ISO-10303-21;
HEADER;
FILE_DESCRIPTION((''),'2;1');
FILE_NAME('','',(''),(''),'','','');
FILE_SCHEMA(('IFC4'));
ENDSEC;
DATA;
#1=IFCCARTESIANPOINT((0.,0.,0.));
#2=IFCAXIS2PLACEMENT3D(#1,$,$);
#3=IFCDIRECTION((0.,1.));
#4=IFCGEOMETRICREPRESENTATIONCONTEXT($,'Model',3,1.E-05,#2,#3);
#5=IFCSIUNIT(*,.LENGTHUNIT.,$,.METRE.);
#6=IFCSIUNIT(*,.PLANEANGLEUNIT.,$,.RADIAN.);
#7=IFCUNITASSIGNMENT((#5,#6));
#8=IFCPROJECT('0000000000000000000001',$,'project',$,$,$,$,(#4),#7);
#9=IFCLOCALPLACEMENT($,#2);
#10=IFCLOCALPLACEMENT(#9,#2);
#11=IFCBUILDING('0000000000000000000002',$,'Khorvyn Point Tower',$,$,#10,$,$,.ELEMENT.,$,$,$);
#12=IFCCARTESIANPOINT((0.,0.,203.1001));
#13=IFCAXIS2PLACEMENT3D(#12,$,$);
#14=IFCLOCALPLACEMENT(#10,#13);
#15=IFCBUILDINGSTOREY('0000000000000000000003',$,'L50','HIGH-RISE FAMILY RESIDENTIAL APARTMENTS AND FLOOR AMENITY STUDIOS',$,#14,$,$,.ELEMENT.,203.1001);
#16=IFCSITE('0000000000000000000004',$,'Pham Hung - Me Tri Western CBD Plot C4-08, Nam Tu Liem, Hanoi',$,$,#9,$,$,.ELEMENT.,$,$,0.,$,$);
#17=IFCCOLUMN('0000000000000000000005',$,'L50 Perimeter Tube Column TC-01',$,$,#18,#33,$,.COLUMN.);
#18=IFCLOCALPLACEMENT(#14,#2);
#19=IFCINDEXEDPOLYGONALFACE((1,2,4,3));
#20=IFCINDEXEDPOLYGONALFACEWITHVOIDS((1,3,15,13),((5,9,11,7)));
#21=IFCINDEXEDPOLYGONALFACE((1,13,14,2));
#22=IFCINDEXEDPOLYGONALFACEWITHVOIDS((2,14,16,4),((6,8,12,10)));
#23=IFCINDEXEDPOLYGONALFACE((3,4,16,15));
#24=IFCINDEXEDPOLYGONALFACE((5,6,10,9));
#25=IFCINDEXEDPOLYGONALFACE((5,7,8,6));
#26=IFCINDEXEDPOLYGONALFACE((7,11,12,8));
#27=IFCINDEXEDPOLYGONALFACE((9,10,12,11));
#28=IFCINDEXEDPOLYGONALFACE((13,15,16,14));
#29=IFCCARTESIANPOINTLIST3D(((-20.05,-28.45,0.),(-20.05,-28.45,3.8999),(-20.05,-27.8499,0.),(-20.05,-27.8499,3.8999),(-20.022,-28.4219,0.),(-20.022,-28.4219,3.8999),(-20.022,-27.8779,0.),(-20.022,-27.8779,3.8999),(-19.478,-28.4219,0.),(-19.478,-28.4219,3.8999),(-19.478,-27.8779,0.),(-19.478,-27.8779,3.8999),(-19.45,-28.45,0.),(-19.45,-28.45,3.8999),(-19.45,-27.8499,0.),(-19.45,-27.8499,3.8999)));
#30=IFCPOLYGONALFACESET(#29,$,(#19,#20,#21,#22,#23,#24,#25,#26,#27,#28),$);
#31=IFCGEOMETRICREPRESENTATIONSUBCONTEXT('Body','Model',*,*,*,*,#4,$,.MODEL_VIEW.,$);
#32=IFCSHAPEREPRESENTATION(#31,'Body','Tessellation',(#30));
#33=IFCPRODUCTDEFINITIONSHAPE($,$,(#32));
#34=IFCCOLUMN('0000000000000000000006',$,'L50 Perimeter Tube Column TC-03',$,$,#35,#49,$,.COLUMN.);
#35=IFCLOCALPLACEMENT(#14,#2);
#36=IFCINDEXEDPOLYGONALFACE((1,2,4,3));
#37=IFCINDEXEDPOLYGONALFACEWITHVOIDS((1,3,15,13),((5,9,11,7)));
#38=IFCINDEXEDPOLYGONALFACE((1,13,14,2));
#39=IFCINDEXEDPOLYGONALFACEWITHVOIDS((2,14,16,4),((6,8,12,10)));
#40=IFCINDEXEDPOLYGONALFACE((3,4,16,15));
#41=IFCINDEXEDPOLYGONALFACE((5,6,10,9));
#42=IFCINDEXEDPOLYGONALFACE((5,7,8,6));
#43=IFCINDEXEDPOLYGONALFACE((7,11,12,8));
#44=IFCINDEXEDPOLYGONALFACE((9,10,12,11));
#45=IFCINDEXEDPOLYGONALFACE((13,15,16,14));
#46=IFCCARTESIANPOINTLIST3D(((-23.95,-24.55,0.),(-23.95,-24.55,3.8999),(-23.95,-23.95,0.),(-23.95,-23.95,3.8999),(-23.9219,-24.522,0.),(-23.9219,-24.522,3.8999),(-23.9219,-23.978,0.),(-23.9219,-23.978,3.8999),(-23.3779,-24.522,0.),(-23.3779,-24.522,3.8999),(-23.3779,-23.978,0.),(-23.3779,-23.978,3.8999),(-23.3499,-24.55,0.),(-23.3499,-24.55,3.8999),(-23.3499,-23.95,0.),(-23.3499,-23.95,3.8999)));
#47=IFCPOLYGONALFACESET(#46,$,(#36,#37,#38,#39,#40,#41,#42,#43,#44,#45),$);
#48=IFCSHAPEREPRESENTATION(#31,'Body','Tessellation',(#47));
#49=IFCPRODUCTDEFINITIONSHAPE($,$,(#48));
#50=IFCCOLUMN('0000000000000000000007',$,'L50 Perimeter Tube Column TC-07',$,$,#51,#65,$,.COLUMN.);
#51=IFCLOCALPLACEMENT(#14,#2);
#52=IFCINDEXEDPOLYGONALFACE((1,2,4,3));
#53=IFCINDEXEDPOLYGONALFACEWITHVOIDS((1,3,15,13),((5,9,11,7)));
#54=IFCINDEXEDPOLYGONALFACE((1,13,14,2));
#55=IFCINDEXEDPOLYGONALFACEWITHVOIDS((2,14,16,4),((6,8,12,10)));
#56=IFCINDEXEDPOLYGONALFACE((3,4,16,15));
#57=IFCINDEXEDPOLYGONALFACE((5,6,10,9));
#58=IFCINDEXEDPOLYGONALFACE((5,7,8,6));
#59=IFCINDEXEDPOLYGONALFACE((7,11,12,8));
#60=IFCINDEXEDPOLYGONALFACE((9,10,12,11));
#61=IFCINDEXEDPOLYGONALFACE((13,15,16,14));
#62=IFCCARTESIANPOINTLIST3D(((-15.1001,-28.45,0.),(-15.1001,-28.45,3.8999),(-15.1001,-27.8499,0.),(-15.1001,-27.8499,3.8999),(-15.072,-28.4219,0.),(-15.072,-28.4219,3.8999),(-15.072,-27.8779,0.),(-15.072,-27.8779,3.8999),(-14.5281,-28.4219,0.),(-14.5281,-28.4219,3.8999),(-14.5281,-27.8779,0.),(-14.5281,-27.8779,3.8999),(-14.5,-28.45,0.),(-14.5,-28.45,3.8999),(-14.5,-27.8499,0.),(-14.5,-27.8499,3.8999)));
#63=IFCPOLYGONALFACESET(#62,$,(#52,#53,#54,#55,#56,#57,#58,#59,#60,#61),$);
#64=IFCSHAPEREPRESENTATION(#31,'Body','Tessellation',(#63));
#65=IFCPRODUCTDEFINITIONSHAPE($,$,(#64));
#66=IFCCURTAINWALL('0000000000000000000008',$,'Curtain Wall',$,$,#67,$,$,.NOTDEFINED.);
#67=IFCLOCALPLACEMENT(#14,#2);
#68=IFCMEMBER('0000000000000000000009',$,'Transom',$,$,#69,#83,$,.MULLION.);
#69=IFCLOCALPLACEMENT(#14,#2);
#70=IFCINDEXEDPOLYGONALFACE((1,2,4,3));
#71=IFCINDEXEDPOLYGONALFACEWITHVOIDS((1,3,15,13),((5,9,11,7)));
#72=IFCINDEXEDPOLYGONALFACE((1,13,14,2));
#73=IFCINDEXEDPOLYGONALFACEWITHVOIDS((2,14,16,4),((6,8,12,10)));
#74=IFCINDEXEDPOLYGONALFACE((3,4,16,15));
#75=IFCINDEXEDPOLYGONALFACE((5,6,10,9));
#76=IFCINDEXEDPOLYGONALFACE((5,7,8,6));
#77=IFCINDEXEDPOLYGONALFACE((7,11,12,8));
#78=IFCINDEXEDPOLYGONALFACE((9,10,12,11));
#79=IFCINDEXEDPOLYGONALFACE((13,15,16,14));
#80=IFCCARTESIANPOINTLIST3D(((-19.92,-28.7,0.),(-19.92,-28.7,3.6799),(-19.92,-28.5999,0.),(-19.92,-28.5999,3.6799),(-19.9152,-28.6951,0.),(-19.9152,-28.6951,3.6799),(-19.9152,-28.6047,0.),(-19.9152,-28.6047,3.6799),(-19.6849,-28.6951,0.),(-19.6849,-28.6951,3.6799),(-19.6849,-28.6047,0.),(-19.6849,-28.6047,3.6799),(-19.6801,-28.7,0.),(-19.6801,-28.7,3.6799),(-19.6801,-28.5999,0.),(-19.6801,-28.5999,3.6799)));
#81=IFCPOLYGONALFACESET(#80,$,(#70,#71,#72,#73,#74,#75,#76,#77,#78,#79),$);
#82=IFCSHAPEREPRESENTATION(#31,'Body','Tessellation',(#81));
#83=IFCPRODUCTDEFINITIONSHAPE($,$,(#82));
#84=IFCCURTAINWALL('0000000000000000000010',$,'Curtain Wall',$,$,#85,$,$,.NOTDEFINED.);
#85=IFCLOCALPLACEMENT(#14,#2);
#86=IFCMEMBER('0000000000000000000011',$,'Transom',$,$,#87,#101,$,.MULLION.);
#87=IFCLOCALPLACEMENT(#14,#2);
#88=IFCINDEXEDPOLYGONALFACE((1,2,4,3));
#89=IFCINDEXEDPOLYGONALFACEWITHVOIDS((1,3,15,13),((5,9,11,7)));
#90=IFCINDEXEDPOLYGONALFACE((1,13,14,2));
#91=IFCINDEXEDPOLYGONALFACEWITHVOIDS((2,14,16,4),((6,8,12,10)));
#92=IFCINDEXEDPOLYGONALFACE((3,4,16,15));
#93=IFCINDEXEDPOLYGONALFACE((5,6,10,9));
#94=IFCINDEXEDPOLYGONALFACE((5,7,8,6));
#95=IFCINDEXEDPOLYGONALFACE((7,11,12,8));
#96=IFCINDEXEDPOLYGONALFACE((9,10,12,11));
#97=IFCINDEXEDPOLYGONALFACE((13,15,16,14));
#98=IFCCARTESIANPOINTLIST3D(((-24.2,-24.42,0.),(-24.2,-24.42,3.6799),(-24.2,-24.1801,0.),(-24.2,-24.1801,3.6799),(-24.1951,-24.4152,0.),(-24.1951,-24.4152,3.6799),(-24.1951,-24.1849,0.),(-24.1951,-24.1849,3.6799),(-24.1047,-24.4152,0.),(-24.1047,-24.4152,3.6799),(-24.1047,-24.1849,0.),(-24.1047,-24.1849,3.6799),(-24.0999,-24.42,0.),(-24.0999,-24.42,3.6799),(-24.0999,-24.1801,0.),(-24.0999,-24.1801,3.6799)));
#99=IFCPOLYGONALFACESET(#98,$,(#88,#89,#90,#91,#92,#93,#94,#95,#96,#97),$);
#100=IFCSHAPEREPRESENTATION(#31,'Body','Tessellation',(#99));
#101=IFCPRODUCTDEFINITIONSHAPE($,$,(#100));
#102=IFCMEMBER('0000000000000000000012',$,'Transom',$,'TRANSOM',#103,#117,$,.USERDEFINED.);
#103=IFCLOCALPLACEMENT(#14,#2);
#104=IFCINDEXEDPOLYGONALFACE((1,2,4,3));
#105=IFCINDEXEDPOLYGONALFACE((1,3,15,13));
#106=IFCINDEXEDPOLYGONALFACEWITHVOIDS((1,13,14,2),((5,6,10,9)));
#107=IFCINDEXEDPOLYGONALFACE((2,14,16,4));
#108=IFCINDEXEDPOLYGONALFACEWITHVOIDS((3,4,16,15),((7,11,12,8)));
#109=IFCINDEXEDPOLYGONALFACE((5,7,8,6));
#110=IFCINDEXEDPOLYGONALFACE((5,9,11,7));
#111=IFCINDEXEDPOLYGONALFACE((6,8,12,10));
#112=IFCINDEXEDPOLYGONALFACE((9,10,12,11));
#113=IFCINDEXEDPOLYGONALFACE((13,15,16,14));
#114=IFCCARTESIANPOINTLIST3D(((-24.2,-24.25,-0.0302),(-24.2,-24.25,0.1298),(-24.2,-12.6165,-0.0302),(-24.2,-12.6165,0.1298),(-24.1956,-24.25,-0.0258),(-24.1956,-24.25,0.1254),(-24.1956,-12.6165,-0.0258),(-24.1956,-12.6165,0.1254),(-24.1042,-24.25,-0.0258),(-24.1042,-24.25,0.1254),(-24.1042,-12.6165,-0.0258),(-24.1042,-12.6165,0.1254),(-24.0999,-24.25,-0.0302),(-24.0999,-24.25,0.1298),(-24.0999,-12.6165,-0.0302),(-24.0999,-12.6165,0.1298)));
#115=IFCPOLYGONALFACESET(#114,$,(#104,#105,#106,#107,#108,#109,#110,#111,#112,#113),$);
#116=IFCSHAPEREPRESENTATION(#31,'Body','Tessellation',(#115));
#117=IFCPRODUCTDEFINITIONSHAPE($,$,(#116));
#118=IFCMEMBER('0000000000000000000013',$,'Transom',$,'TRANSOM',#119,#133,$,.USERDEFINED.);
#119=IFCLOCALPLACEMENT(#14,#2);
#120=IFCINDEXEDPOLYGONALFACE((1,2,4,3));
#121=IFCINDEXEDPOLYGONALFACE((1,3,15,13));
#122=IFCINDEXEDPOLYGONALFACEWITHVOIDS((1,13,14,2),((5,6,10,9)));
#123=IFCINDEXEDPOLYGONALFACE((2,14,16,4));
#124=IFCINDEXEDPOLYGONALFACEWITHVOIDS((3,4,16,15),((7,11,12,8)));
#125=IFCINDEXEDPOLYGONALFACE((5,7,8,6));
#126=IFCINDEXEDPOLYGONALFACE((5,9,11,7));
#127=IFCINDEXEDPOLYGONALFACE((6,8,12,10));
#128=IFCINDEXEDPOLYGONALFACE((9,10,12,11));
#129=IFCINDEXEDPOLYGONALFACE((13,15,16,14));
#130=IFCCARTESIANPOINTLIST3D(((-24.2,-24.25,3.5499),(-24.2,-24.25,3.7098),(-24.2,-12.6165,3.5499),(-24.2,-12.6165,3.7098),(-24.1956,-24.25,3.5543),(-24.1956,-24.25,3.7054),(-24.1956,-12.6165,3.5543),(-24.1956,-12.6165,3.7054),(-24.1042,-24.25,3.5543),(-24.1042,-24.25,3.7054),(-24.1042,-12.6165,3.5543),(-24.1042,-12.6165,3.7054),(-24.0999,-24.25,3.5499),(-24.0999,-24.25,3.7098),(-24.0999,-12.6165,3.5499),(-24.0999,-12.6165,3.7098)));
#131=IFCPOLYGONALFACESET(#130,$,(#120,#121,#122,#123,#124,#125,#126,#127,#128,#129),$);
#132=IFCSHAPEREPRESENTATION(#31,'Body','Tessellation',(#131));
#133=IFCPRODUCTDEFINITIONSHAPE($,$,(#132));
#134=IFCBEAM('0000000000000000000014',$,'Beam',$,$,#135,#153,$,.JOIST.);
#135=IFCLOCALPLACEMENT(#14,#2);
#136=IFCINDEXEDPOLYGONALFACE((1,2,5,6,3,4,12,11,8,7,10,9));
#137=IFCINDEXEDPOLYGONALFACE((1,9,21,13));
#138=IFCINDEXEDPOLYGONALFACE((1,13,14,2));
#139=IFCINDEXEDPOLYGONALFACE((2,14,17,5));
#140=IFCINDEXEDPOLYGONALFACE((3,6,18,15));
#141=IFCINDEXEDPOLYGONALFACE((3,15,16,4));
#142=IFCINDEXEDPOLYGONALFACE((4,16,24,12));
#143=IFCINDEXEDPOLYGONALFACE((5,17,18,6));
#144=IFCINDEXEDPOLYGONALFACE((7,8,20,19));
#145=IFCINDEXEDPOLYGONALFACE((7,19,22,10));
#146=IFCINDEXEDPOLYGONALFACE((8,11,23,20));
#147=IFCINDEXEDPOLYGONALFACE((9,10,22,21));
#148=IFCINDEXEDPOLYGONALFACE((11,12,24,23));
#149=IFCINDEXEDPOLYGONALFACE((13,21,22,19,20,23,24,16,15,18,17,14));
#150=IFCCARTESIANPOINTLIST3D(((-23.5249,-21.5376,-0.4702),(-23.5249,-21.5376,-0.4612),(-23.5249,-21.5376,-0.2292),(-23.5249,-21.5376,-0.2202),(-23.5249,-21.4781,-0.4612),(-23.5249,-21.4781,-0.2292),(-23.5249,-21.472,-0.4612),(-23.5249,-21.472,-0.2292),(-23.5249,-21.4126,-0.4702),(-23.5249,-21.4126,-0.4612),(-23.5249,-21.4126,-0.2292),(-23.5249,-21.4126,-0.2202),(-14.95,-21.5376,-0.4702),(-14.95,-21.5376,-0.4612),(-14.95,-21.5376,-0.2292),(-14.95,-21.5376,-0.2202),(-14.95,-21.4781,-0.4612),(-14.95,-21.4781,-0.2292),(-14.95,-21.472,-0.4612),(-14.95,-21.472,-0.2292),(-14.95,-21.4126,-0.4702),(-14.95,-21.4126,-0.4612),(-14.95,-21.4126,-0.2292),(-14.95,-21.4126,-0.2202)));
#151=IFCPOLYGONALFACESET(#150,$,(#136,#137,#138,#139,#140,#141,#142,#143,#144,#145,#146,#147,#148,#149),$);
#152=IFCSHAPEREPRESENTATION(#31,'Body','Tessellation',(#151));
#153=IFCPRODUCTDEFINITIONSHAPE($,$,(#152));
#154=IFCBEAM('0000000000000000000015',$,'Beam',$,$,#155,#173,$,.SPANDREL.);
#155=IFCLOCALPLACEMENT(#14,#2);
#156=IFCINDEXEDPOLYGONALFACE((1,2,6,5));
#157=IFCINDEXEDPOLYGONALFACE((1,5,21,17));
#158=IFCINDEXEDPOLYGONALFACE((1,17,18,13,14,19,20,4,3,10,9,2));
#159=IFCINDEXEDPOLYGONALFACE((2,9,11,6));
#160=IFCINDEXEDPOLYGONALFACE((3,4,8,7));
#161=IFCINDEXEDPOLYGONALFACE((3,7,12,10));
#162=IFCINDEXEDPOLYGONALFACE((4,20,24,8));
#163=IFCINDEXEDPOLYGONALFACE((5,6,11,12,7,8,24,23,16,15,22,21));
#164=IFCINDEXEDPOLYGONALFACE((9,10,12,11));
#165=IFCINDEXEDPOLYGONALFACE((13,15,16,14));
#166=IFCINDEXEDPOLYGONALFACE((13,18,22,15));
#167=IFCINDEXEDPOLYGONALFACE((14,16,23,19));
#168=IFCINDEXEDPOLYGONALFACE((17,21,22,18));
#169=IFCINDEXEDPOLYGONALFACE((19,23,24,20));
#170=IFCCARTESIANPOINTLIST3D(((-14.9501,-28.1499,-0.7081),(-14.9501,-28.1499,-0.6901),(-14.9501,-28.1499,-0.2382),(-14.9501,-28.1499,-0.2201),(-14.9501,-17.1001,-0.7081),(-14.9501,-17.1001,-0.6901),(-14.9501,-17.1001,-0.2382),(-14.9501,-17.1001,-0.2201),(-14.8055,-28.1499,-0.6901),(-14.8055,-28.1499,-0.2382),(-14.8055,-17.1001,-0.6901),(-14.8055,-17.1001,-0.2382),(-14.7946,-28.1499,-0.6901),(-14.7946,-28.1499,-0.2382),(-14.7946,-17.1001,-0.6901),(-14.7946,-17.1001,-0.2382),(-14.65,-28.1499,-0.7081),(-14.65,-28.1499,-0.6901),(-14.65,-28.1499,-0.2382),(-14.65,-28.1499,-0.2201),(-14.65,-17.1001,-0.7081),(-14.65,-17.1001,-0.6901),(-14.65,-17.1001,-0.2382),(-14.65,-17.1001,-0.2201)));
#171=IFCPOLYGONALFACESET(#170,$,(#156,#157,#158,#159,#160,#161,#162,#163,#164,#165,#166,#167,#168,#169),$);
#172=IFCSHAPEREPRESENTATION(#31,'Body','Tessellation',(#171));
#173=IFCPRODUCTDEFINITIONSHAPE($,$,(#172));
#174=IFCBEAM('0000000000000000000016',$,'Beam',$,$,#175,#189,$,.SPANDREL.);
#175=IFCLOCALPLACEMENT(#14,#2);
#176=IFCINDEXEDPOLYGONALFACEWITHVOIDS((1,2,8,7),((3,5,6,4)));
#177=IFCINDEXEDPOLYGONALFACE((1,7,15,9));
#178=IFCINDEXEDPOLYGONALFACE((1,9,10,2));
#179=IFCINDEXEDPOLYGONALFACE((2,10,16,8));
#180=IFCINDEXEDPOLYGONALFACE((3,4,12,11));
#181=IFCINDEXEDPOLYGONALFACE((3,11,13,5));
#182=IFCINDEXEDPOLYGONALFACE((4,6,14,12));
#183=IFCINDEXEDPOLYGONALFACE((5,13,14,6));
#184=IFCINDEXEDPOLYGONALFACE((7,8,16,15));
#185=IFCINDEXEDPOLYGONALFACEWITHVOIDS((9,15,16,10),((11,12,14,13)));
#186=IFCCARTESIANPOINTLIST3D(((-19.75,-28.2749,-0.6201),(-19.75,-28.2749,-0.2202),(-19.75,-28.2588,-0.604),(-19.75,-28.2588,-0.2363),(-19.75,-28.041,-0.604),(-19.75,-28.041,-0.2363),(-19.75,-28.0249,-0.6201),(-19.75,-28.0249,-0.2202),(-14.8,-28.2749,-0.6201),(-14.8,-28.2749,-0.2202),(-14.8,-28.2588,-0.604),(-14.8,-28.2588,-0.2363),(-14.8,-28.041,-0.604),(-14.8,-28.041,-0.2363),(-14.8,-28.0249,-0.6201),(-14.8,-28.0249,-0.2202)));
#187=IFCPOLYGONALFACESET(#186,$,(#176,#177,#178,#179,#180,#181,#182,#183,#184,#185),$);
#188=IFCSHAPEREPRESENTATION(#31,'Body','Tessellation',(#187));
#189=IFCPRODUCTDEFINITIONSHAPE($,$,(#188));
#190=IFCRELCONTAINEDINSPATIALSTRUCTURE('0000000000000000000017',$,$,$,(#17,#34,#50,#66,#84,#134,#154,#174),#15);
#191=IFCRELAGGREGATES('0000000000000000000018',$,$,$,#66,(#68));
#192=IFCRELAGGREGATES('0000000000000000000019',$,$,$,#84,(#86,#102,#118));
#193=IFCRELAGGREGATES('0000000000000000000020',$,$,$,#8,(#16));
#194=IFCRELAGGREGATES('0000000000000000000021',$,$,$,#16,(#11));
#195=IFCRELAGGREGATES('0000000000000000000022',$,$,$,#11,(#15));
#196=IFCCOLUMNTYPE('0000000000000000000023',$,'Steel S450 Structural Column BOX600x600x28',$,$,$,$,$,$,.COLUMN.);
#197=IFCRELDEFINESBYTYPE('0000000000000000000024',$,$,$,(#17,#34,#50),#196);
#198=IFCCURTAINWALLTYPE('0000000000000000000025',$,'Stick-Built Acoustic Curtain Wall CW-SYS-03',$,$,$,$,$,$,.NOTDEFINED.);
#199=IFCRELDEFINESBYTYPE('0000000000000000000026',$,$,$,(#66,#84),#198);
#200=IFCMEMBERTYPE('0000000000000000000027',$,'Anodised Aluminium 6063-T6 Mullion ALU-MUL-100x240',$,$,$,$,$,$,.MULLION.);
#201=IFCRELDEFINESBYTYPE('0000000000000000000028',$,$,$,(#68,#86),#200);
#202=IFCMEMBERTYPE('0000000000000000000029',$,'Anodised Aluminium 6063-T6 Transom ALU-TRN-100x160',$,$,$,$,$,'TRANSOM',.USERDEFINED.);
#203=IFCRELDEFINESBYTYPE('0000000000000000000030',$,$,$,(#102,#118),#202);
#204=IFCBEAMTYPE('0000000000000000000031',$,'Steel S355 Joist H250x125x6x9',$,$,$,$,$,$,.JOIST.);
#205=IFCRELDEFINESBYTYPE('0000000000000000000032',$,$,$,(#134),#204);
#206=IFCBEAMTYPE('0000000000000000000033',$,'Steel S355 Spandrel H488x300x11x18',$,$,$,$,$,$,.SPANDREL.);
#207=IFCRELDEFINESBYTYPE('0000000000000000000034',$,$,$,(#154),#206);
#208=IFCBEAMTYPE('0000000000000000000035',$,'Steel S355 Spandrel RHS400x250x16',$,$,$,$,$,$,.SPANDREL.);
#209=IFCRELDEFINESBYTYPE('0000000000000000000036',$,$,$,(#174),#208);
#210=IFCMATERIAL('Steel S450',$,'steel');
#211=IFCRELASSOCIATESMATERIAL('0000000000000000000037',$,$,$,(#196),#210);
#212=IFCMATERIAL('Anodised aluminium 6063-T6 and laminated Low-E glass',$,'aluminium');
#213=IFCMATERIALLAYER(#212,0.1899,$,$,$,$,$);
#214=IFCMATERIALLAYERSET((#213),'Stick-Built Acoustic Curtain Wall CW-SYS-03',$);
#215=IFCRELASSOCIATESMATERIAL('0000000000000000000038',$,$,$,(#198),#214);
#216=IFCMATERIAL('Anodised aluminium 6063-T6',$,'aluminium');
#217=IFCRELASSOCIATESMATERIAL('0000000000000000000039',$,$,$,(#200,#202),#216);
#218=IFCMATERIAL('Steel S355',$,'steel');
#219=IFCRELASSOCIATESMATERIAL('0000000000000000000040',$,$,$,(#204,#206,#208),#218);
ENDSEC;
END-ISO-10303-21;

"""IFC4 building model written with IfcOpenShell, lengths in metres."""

from ifc_helpers import new_model, si_unit, direction, frame, origin, origin_2d, place, context, subcontext, project, spatial, hollow_rectangle, i_section, extrude, material, layer, layer_set, material_profile, profile_set, type_object, element, aggregate, save


model = new_model("IFC4")

# Units and contexts
model_context = context("Model", 3, precision=1e-05, world=origin(), true_north=direction((0.0, 1.0)))
body_context = subcontext(model_context, "Body", "Model", "MODEL_VIEW")
ifc_project = project(units=[si_unit("LENGTHUNIT", "METRE"), si_unit("PLANEANGLEUNIT", "RADIAN")], contexts=[model_context])

# Site, building, storey
site_placement = place(None, origin())
site = spatial("IfcSite", under=ifc_project, at=site_placement, Name="Pham Hung - Me Tri Western CBD Plot C4-08, Nam Tu Liem, Hanoi", CompositionType="ELEMENT", RefElevation=0.0)
building_placement = place(site_placement, origin())
building = spatial("IfcBuilding", under=site, at=building_placement, Name="Khorvyn Point Tower", CompositionType="ELEMENT")
storey_placement = place(building_placement, frame((0.0, 0.0, 203.1001)))
storey = spatial("IfcBuildingStorey", under=building, at=storey_placement, Name="L50", Description="HIGH-RISE FAMILY RESIDENTIAL APARTMENTS AND FLOOR AMENITY STUDIOS", CompositionType="ELEMENT", Elevation=203.1001)

# Columns
ifc_material_1 = material(Name="Steel S450", Category="steel")
ifc_material_profile_1 = material_profile(ifc_material_1, hollow_rectangle(XDim=0.6001, YDim=0.6001, WallThickness=0.0281, at=origin_2d()))
ifc_profile_set_1 = profile_set([ifc_material_profile_1], Name="Steel S450 BOX600x600x28")
column_type = type_object("IfcColumnType", Name="Steel S450 Structural Column BOX600x600x28", PredefinedType="COLUMN", material=ifc_profile_set_1)
for number, where, z_axis, x_axis, name in (
    (1, (-19.75, -28.1499, 0.0), (0.0, 0.0, 1.0), (1.0, 0.0, 0.0), "L50 Perimeter Tube Column TC-01"),
    (2, (-23.6499, -24.25, 0.0), (0.0, 0.0, 1.0), (1.0, 0.0, 0.0), "L50 Perimeter Tube Column TC-03"),
    (3, (-14.8, -28.1499, 0.0), (0.0, 0.0, 1.0), (1.0, 0.0, 0.0), "L50 Perimeter Tube Column TC-07"),
):
    element("IfcColumn", number, at=place(storey_placement, frame(where, z_axis=z_axis, x_axis=x_axis)), inside=storey, type_object=column_type, Name=name, PredefinedType="COLUMN", context=body_context, shape_type="SweptSolid", body=[
        extrude(hollow_rectangle(XDim=0.6001, YDim=0.6001, WallThickness=0.0281, at=origin_2d()), origin(), (0.0, 0.0, 1.0), 3.8999),
    ])

# Curtain wall, member
ifc_material_2 = material(Name="Anodised aluminium 6063-T6 and laminated Low-E glass", Category="aluminium")
ifc_layer_1 = layer(ifc_material_2, 0.1899)
ifc_layer_set_1 = layer_set([ifc_layer_1], Name="Stick-Built Acoustic Curtain Wall CW-SYS-03")
curtain_wall_type = type_object("IfcCurtainWallType", Name="Stick-Built Acoustic Curtain Wall CW-SYS-03", PredefinedType="NOTDEFINED", material=ifc_layer_set_1)
curtain_wall_1_placement = place(storey_placement, origin())
curtain_wall_1 = element("IfcCurtainWall", 4, at=curtain_wall_1_placement, inside=storey, type_object=curtain_wall_type, Name="Curtain Wall", PredefinedType="NOTDEFINED")
ifc_material_3 = material(Name="Anodised aluminium 6063-T6", Category="aluminium")
ifc_material_profile_2 = material_profile(ifc_material_3, hollow_rectangle(XDim=0.1001, YDim=0.24, WallThickness=0.0049, at=origin_2d()))
ifc_profile_set_2 = profile_set([ifc_material_profile_2], Name="Anodised aluminium 6063-T6 ALU-MUL-100x240")
member_type_1 = type_object("IfcMemberType", Name="Anodised Aluminium 6063-T6 Mullion ALU-MUL-100x240", PredefinedType="MULLION", material=ifc_profile_set_2)
member_1_placement = place(storey_placement, frame((-19.8, -28.6499, 0.0), z_axis=(0.0, 0.0, 1.0), x_axis=(0.0, -1.0, 0.0)))
member_1 = element("IfcMember", 5, at=member_1_placement, type_object=member_type_1, Name="Transom", PredefinedType="MULLION", context=body_context, shape_type="SweptSolid", body=[
    extrude(hollow_rectangle(XDim=0.1001, YDim=0.24, WallThickness=0.0049, at=origin_2d()), origin(), (0.0, 0.0, 1.0), 3.6799),
])

# Curtain wall, members
curtain_wall_2_placement = place(storey_placement, origin())
curtain_wall_2 = element("IfcCurtainWall", 6, at=curtain_wall_2_placement, inside=storey, type_object=curtain_wall_type, Name="Curtain Wall", PredefinedType="NOTDEFINED")
member_2_placement = place(storey_placement, frame((-24.1499, -24.3, 0.0), z_axis=(0.0, 0.0, 1.0), x_axis=(-1.0, 0.0, 0.0)))
member_2 = element("IfcMember", 7, at=member_2_placement, type_object=member_type_1, Name="Transom", PredefinedType="MULLION", context=body_context, shape_type="SweptSolid", body=[
    extrude(hollow_rectangle(XDim=0.1001, YDim=0.24, WallThickness=0.0049, at=origin_2d()), origin(), (0.0, 0.0, 1.0), 3.6799),
])
ifc_material_profile_3 = material_profile(ifc_material_3, hollow_rectangle(XDim=0.1001, YDim=0.1599, WallThickness=0.0044, at=origin_2d()))
ifc_profile_set_3 = profile_set([ifc_material_profile_3], Name="Anodised aluminium 6063-T6 ALU-TRN-100x160")
member_type_2 = type_object("IfcMemberType", Name="Anodised Aluminium 6063-T6 Transom ALU-TRN-100x160", ElementType="TRANSOM", PredefinedType="USERDEFINED", material=ifc_profile_set_3)
member_3_placement = place(storey_placement, frame((-24.1499, -24.25, 0.0498), z_axis=(0.0, 1.0, 0.0), x_axis=(-1.0, 0.0, 0.0)))
member_3 = element("IfcMember", 8, at=member_3_placement, type_object=member_type_2, Name="Transom", ObjectType="TRANSOM", PredefinedType="USERDEFINED", context=body_context, shape_type="SweptSolid", body=[
    extrude(hollow_rectangle(XDim=0.1001, YDim=0.1599, WallThickness=0.0044, at=origin_2d()), origin(), (0.0, 0.0, 1.0), 11.6335),
])
member_4_placement = place(storey_placement, frame((-24.1499, -24.25, 3.6299), z_axis=(0.0, 1.0, 0.0), x_axis=(-1.0, 0.0, 0.0)))
member_4 = element("IfcMember", 9, at=member_4_placement, type_object=member_type_2, Name="Transom", ObjectType="TRANSOM", PredefinedType="USERDEFINED", context=body_context, shape_type="SweptSolid", body=[
    extrude(hollow_rectangle(XDim=0.1001, YDim=0.1599, WallThickness=0.0044, at=origin_2d()), origin(), (0.0, 0.0, 1.0), 11.6335),
])

# Beams
ifc_material_4 = material(Name="Steel S355", Category="steel")
ifc_material_profile_4 = material_profile(ifc_material_4, i_section(OverallWidth=0.125, OverallDepth=0.25, WebThickness=0.0061, FlangeThickness=0.009, at=origin_2d()))
ifc_profile_set_4 = profile_set([ifc_material_profile_4], Name="Steel S355 H250x125x6x9")
beam_type_1 = type_object("IfcBeamType", Name="Steel S355 Joist H250x125x6x9", PredefinedType="JOIST", material=ifc_profile_set_4)
beam_1_placement = place(storey_placement, frame((-23.5249, -21.4751, -0.3452), z_axis=(1.0, 0.0, 0.0), x_axis=(0.0, 1.0, 0.0)))
element("IfcBeam", 10, at=beam_1_placement, inside=storey, type_object=beam_type_1, Name="Beam", PredefinedType="JOIST", context=body_context, shape_type="SweptSolid", body=[
    extrude(i_section(OverallWidth=0.125, OverallDepth=0.25, WebThickness=0.0061, FlangeThickness=0.009, at=origin_2d()), origin(), (0.0, 0.0, 1.0), 8.575),
])
ifc_material_profile_5 = material_profile(ifc_material_4, i_section(OverallWidth=0.3, OverallDepth=0.488, WebThickness=0.011, FlangeThickness=0.0181, at=origin_2d()))
ifc_profile_set_5 = profile_set([ifc_material_profile_5], Name="Steel S355 H488x300x11x18")
beam_type_2 = type_object("IfcBeamType", Name="Steel S355 Spandrel H488x300x11x18", PredefinedType="SPANDREL", material=ifc_profile_set_5)
beam_2_placement = place(storey_placement, frame((-14.8, -28.1499, -0.4641), z_axis=(0.0, 1.0, 0.0), x_axis=(-1.0, 0.0, 0.0)))
element("IfcBeam", 11, at=beam_2_placement, inside=storey, type_object=beam_type_2, Name="Beam", PredefinedType="SPANDREL", context=body_context, shape_type="SweptSolid", body=[
    extrude(i_section(OverallWidth=0.3, OverallDepth=0.488, WebThickness=0.011, FlangeThickness=0.0181, at=origin_2d()), origin(), (0.0, 0.0, 1.0), 11.0498),
])
ifc_material_profile_6 = material_profile(ifc_material_4, hollow_rectangle(XDim=0.25, YDim=0.3999, WallThickness=0.0161, at=origin_2d()))
ifc_profile_set_6 = profile_set([ifc_material_profile_6], Name="Steel S355 RHS400x250x16")
beam_type_3 = type_object("IfcBeamType", Name="Steel S355 Spandrel RHS400x250x16", PredefinedType="SPANDREL", material=ifc_profile_set_6)
beam_3_placement = place(storey_placement, frame((-19.75, -28.1499, -0.4202), z_axis=(1.0, 0.0, 0.0), x_axis=(0.0, 1.0, 0.0)))
element("IfcBeam", 12, at=beam_3_placement, inside=storey, type_object=beam_type_3, Name="Beam", PredefinedType="SPANDREL", context=body_context, shape_type="SweptSolid", body=[
    extrude(hollow_rectangle(XDim=0.25, YDim=0.3999, WallThickness=0.0161, at=origin_2d()), origin(), (0.0, 0.0, 1.0), 4.95),
])

aggregate(curtain_wall_1, [member_1])
aggregate(curtain_wall_2, [member_2, member_3, member_4])

save(model, "model.ifc")
